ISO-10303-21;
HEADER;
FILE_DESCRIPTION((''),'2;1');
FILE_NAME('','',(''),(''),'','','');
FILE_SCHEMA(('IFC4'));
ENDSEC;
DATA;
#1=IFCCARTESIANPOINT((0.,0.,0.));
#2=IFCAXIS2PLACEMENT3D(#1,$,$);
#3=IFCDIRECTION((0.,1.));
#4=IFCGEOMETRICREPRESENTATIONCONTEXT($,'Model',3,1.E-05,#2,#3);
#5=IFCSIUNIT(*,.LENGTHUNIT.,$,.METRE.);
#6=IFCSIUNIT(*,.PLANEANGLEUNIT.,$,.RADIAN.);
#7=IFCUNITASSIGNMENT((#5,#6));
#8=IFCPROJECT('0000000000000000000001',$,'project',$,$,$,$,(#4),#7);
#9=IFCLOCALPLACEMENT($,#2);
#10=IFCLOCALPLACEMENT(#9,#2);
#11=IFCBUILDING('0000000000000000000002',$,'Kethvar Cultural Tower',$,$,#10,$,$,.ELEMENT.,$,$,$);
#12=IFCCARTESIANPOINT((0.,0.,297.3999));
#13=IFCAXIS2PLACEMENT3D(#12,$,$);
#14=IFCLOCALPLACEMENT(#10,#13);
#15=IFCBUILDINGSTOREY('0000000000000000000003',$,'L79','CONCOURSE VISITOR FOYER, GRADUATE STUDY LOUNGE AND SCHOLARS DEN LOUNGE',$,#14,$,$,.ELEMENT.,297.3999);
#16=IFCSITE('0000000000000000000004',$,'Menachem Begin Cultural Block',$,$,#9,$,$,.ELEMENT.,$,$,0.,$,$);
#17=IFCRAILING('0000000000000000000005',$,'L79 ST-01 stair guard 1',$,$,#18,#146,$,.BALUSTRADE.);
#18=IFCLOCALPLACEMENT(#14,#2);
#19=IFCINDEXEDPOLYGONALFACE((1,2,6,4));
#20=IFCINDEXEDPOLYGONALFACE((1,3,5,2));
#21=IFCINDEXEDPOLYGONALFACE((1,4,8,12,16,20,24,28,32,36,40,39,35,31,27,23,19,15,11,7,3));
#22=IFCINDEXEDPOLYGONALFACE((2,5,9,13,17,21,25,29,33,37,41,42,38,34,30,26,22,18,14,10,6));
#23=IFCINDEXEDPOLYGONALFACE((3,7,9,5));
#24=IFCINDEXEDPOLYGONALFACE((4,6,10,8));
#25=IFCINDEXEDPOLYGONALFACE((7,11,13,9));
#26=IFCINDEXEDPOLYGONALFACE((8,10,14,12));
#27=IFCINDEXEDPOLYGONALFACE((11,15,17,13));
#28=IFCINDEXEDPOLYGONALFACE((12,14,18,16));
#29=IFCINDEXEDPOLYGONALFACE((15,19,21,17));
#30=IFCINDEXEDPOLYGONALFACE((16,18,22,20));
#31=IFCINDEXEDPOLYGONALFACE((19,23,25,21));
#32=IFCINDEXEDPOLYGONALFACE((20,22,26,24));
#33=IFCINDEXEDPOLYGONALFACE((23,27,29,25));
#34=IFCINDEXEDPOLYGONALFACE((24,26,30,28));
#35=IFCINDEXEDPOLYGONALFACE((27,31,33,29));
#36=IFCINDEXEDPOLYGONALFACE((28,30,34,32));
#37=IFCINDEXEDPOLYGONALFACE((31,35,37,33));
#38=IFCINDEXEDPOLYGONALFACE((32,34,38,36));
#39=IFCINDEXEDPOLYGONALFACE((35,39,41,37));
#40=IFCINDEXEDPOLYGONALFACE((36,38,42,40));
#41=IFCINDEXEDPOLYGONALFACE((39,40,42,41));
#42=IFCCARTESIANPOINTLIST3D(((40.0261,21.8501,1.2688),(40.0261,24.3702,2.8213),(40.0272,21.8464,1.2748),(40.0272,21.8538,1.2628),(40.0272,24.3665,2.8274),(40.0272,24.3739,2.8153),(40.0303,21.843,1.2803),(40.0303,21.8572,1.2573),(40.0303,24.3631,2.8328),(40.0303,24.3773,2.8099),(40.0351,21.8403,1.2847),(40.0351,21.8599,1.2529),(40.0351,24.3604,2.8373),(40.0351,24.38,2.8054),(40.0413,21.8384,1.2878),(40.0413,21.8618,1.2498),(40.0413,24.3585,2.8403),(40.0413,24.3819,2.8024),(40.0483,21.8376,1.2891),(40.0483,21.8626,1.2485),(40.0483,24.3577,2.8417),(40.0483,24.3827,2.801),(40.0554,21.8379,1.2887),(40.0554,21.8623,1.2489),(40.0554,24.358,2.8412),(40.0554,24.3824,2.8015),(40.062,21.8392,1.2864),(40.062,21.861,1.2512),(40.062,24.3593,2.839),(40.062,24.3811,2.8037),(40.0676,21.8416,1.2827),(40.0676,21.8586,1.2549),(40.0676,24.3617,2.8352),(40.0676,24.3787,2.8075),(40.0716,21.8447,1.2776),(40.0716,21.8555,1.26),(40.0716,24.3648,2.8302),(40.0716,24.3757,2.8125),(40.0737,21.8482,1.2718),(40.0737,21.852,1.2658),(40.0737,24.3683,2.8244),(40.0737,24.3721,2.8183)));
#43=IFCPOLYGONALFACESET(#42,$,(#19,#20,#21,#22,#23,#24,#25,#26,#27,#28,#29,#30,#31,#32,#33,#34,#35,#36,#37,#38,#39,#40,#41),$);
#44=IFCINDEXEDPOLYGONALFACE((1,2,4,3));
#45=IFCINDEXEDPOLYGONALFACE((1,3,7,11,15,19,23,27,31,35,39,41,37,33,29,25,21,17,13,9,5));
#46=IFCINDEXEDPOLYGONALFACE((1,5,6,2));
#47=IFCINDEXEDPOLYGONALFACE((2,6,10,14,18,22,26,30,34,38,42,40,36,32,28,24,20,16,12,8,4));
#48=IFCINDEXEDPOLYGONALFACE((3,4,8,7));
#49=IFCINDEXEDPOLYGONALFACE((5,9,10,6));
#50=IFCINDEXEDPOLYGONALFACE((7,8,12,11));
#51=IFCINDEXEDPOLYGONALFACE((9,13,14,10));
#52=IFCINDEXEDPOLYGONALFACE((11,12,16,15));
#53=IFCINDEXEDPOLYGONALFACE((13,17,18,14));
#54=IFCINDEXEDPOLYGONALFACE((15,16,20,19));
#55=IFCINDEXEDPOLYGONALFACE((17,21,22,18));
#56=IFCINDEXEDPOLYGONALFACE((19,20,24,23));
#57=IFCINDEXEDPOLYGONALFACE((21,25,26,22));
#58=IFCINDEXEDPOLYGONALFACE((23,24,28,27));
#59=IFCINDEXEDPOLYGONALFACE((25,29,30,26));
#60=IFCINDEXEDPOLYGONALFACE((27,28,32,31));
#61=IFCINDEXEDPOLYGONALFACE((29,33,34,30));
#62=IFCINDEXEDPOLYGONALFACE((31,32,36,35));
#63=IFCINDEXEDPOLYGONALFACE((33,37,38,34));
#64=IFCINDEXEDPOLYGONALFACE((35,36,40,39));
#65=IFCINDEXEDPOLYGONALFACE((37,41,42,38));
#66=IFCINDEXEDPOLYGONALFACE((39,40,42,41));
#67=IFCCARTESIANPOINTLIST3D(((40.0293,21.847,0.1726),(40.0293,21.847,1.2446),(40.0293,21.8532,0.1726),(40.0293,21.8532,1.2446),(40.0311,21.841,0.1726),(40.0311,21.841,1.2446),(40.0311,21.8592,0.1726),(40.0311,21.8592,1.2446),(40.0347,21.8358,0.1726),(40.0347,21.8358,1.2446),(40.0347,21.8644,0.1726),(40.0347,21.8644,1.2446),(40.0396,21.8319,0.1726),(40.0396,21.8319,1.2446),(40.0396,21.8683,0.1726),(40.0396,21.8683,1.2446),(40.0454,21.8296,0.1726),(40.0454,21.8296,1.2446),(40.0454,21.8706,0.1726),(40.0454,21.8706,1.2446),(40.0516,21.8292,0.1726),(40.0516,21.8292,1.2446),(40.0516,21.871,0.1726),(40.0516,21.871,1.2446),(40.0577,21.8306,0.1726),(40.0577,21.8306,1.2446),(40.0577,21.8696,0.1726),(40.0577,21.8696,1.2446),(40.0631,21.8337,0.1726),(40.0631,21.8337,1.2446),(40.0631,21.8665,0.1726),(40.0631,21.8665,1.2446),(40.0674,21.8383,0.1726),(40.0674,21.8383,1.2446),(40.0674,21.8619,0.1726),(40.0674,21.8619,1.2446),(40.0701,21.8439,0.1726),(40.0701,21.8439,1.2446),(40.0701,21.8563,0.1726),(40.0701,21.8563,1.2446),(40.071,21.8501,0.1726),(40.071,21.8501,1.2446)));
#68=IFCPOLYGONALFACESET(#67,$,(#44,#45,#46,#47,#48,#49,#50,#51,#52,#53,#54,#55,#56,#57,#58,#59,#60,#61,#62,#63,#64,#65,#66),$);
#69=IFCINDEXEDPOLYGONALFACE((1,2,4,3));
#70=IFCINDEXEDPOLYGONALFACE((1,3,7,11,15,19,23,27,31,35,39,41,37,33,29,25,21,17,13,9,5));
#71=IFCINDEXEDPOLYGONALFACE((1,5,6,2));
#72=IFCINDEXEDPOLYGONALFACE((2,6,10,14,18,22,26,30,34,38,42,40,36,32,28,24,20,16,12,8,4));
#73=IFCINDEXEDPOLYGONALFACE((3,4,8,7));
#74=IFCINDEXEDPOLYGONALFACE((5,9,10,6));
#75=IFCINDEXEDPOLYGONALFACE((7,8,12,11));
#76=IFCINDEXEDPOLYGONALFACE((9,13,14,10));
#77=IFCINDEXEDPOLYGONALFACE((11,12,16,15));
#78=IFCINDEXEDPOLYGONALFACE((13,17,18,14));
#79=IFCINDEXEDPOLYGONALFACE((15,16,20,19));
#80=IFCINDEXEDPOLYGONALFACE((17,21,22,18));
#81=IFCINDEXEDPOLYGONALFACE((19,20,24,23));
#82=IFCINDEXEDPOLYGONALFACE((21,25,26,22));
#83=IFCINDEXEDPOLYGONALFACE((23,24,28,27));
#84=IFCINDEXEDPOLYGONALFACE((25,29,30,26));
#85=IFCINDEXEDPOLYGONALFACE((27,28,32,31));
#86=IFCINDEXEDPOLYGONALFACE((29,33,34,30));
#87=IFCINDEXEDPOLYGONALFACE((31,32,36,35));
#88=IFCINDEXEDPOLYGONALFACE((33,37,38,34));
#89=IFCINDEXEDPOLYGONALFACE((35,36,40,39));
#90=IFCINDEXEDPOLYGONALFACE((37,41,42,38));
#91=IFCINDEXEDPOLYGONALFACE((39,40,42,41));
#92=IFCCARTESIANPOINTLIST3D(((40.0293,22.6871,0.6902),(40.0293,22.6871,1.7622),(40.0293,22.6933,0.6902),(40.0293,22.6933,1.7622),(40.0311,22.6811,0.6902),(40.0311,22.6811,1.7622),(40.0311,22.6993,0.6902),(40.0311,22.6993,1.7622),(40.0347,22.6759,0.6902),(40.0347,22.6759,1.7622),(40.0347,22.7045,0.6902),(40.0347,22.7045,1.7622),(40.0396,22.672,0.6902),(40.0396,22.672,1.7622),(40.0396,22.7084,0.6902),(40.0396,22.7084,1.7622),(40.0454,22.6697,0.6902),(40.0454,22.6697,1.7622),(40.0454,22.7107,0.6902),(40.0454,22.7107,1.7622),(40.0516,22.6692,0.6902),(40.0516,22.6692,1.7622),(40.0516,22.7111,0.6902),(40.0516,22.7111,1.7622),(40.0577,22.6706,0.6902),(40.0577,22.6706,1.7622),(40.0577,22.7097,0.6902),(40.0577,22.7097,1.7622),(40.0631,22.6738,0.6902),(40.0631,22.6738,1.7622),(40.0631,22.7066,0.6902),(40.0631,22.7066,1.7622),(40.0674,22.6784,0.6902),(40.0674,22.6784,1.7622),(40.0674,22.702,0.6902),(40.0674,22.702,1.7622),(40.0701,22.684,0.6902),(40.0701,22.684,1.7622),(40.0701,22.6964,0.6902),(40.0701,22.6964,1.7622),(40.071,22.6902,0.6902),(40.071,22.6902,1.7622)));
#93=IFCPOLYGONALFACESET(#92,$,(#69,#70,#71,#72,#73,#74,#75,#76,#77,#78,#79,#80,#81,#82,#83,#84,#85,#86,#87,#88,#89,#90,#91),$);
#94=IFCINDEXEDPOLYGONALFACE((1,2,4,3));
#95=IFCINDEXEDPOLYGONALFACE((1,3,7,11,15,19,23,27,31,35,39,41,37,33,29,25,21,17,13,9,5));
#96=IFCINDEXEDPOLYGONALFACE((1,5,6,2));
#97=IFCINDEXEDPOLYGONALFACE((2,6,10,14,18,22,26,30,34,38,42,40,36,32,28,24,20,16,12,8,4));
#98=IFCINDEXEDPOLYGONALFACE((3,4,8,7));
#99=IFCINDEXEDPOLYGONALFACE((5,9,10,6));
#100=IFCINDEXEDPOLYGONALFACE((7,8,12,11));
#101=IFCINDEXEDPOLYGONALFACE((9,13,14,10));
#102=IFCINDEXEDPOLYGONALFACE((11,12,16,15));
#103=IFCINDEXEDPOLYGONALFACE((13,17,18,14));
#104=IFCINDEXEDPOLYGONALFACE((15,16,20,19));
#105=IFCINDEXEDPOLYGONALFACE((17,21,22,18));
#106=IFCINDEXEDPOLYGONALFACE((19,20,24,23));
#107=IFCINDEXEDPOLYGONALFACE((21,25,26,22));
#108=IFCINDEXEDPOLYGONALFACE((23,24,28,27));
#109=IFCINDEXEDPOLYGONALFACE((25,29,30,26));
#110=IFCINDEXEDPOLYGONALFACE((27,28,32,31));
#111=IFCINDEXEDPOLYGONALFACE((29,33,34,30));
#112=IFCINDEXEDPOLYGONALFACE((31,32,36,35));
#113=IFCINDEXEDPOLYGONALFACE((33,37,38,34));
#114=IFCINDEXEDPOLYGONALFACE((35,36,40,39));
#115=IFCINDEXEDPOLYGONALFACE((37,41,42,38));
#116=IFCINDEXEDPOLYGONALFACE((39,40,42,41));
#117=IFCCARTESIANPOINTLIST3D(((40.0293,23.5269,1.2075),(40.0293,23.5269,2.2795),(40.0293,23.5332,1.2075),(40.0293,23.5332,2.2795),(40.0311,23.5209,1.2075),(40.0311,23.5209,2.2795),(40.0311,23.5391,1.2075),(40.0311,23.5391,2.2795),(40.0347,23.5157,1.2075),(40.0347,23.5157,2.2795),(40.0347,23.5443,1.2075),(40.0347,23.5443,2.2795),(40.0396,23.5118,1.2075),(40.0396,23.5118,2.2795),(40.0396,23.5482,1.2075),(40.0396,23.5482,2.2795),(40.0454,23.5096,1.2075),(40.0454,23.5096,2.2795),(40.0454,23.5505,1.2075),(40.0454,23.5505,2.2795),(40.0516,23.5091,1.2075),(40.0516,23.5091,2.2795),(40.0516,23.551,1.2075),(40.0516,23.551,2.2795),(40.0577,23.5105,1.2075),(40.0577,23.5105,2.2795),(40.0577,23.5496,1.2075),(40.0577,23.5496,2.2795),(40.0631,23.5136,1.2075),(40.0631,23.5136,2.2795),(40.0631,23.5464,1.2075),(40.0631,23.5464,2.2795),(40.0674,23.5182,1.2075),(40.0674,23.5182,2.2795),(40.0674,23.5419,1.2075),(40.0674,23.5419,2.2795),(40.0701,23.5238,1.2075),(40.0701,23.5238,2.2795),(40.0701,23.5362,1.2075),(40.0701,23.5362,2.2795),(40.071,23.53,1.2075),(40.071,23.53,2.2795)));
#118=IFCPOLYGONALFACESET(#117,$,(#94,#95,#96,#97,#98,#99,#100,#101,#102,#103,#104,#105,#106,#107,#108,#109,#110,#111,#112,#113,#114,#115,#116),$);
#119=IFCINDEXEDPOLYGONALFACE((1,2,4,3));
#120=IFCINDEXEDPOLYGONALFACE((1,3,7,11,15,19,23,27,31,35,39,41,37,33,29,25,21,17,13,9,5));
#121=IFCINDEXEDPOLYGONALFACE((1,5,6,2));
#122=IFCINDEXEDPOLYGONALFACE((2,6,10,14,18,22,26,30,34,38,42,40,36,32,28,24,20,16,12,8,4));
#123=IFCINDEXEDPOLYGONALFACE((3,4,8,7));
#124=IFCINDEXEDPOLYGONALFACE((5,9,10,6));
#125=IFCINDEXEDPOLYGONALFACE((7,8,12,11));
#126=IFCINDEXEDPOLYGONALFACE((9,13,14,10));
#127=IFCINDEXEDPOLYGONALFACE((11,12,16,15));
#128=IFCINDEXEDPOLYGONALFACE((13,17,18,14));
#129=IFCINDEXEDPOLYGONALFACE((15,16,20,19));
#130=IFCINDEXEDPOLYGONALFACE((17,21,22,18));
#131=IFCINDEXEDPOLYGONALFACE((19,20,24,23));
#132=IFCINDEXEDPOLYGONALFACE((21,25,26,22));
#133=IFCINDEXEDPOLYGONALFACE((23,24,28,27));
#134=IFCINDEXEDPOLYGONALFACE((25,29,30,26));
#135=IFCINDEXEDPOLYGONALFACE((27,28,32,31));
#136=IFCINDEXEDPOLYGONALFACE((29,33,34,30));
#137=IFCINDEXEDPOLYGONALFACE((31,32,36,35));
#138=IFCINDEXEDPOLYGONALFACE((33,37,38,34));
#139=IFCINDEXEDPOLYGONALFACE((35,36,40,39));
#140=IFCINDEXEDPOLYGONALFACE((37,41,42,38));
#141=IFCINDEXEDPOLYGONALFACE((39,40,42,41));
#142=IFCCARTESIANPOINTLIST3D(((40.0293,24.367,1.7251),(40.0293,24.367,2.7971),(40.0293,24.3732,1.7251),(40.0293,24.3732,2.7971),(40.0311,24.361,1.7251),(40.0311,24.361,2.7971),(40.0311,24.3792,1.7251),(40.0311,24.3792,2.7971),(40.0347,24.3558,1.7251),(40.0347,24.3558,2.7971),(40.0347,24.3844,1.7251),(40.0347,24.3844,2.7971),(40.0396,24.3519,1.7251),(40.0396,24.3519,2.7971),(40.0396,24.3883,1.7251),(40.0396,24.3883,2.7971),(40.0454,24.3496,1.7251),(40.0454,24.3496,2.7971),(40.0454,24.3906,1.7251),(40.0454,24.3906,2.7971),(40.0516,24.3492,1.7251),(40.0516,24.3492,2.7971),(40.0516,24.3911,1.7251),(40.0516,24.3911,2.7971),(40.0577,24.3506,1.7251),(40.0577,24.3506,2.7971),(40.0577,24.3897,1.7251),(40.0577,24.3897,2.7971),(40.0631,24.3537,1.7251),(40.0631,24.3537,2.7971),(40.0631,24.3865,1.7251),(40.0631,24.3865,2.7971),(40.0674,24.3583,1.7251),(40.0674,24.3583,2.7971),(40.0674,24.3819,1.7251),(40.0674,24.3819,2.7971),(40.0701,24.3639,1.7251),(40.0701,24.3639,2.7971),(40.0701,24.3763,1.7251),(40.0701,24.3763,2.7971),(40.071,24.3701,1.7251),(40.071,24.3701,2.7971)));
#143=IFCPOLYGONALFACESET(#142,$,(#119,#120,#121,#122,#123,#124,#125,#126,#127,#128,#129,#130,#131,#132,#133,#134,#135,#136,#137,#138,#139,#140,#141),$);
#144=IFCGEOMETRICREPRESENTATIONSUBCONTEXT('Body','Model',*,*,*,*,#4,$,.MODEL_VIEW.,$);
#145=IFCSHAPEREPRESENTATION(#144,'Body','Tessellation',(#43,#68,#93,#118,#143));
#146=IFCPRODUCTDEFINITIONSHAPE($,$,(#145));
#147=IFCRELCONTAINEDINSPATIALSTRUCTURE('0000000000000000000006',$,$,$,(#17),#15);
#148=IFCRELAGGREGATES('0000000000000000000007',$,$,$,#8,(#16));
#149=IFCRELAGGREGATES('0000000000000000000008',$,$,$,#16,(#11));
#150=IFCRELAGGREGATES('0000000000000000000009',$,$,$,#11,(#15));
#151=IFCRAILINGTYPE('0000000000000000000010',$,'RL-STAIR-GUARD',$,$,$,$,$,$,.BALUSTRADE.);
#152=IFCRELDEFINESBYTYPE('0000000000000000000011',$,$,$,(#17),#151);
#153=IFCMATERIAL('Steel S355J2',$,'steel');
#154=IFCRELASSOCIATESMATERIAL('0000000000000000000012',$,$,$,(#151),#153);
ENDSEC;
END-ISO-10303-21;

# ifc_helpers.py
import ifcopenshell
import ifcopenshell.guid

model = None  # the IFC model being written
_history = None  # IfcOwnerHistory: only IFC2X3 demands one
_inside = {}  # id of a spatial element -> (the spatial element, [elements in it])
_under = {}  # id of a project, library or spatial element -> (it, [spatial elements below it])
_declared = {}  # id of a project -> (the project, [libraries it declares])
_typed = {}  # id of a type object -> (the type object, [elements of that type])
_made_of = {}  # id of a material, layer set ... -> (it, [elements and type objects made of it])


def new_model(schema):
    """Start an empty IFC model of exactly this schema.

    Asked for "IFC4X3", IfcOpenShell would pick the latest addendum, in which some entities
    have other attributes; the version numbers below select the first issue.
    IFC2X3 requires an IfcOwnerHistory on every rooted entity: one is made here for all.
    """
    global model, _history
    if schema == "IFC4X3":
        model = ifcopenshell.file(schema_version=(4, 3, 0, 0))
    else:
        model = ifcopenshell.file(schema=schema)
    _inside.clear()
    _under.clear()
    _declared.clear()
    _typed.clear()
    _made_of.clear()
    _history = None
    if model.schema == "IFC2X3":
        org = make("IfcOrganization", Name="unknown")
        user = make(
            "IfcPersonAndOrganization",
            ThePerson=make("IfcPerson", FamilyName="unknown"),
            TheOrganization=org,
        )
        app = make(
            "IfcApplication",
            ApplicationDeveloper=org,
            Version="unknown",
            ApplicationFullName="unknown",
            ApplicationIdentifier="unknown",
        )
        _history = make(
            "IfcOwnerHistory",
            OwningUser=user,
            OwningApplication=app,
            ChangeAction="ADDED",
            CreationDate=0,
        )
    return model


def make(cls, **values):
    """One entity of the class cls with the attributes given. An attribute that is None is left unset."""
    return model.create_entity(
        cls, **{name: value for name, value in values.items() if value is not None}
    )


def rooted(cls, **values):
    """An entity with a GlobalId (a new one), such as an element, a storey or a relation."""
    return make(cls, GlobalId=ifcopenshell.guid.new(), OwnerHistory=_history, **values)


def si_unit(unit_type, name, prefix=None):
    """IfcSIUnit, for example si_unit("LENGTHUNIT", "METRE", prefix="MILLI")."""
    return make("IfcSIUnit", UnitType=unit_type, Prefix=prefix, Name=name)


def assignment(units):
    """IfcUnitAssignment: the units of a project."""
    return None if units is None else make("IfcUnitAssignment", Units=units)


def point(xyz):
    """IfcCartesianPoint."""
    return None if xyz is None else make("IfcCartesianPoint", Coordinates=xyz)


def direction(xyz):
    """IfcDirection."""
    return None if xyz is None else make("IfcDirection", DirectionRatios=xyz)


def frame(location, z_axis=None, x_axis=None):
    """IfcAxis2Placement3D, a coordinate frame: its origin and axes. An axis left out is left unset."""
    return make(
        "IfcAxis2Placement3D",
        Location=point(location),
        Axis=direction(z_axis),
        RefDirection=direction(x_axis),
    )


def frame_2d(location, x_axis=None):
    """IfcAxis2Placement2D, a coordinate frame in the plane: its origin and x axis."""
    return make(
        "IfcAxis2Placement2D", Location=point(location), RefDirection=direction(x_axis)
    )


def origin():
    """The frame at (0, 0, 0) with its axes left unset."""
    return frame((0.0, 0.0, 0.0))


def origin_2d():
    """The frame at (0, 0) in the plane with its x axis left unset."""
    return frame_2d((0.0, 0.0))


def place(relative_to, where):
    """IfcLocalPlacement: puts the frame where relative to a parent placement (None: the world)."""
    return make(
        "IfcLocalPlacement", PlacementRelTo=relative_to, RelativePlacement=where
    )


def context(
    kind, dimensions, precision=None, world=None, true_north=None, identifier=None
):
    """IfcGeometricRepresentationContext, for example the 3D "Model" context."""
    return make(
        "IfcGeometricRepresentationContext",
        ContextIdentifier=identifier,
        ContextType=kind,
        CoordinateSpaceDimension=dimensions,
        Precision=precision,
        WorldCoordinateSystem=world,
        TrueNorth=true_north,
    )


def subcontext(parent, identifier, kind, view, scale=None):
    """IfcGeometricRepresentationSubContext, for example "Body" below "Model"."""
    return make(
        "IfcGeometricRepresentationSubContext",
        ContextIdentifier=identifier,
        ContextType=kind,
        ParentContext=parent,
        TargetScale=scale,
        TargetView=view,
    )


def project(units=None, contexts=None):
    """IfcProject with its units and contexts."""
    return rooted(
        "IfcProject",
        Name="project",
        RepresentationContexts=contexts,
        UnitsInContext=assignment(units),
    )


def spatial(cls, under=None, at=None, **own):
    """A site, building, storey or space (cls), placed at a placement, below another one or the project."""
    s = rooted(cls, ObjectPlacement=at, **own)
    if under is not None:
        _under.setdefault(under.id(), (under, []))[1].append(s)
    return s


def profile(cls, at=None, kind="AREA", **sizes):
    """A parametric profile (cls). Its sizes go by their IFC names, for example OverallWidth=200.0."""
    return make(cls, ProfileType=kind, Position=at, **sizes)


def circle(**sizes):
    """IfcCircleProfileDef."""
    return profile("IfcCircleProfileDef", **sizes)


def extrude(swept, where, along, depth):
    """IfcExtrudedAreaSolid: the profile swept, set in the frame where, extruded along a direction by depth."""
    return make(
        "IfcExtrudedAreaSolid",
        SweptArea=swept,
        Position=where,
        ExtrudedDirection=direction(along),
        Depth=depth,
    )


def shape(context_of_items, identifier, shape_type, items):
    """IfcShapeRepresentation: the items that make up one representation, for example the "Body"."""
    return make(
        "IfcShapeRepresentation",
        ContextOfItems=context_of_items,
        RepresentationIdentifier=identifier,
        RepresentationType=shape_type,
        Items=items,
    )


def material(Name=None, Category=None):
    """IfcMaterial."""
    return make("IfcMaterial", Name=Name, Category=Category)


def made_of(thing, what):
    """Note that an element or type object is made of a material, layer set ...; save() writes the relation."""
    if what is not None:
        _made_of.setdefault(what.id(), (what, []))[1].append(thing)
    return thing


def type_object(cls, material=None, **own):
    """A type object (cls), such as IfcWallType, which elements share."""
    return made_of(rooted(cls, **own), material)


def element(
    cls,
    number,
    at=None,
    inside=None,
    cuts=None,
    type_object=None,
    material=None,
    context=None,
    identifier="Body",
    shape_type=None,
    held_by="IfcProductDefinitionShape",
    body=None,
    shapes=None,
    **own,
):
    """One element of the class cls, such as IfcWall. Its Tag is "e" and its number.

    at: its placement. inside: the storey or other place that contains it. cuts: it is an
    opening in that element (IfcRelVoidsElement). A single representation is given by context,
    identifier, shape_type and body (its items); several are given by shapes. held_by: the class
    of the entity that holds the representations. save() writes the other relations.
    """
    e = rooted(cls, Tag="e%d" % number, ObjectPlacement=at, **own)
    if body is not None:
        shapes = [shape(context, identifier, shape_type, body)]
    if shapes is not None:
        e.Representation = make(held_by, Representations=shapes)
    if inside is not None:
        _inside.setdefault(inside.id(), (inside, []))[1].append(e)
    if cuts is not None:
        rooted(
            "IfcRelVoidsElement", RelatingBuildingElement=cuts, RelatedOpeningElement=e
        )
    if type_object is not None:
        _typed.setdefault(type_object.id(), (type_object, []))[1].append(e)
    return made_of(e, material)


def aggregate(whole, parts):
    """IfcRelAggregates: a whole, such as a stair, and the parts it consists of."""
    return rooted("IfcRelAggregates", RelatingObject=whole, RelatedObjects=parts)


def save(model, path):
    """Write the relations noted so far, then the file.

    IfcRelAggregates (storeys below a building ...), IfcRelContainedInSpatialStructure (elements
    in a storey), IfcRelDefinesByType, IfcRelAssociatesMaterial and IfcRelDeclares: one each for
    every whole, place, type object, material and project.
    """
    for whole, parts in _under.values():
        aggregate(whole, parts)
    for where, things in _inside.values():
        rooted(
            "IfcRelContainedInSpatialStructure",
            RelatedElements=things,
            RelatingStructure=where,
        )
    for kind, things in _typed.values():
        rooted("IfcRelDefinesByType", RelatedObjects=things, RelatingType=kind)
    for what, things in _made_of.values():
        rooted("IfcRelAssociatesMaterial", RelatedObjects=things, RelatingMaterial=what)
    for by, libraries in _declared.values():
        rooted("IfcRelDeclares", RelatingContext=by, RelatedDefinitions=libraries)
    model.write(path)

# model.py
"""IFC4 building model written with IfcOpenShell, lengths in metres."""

from ifc_helpers import new_model, si_unit, direction, frame, origin, origin_2d, place, context, subcontext, project, spatial, circle, extrude, material, type_object, element, save


model = new_model("IFC4")

# Units and contexts
model_context = context("Model", 3, precision=1e-05, world=origin(), true_north=direction((0.0, 1.0)))
body_context = subcontext(model_context, "Body", "Model", "MODEL_VIEW")
ifc_project = project(units=[si_unit("LENGTHUNIT", "METRE"), si_unit("PLANEANGLEUNIT", "RADIAN")], contexts=[model_context])

# Site, building, storey
site_placement = place(None, origin())
site = spatial("IfcSite", under=ifc_project, at=site_placement, Name="Menachem Begin Cultural Block", CompositionType="ELEMENT", RefElevation=0.0)
building_placement = place(site_placement, origin())
building = spatial("IfcBuilding", under=site, at=building_placement, Name="Kethvar Cultural Tower", CompositionType="ELEMENT")
storey_placement = place(building_placement, frame((0.0, 0.0, 297.3999)))
storey = spatial("IfcBuildingStorey", under=building, at=storey_placement, Name="L79", Description="CONCOURSE VISITOR FOYER, GRADUATE STUDY LOUNGE AND SCHOLARS DEN LOUNGE", CompositionType="ELEMENT", Elevation=297.3999)

# Shared definitions
ifc_material_1 = material(Name="Steel S355J2", Category="steel")

# Railing
railing_type_1 = type_object("IfcRailingType", Name="RL-STAIR-GUARD", PredefinedType="BALUSTRADE", material=ifc_material_1)
railing_1_placement = place(storey_placement, frame((40.05, 21.8501, 0.1726)))
element("IfcRailing", 1, at=railing_1_placement, inside=storey, type_object=railing_type_1, Name="L79 ST-01 stair guard 1", PredefinedType="BALUSTRADE", context=body_context, shape_type="SweptSolid", body=[
    extrude(circle(Radius=0.0239, at=origin_2d()), frame((0.0, 0.0, 1.0962), z_axis=(0.0, 0.8514, 0.524516), x_axis=(-1.0, 0.0, 0.0)), (0.0, 0.0, 1.0), 2.96),
    extrude(circle(Radius=0.021, at=origin_2d()), origin(), (0.0, 0.0, 1.0), 1.072),
    extrude(circle(Radius=0.021, at=origin_2d()), frame((0.0, 0.8401, 0.5176)), (0.0, 0.0, 1.0), 1.072),
    extrude(circle(Radius=0.021, at=origin_2d()), frame((0.0, 1.6799, 1.0349)), (0.0, 0.0, 1.0), 1.072),
    extrude(circle(Radius=0.021, at=origin_2d()), frame((0.0, 2.52, 1.5525)), (0.0, 0.0, 1.0), 1.072),
])

save(model, "model.ifc")
